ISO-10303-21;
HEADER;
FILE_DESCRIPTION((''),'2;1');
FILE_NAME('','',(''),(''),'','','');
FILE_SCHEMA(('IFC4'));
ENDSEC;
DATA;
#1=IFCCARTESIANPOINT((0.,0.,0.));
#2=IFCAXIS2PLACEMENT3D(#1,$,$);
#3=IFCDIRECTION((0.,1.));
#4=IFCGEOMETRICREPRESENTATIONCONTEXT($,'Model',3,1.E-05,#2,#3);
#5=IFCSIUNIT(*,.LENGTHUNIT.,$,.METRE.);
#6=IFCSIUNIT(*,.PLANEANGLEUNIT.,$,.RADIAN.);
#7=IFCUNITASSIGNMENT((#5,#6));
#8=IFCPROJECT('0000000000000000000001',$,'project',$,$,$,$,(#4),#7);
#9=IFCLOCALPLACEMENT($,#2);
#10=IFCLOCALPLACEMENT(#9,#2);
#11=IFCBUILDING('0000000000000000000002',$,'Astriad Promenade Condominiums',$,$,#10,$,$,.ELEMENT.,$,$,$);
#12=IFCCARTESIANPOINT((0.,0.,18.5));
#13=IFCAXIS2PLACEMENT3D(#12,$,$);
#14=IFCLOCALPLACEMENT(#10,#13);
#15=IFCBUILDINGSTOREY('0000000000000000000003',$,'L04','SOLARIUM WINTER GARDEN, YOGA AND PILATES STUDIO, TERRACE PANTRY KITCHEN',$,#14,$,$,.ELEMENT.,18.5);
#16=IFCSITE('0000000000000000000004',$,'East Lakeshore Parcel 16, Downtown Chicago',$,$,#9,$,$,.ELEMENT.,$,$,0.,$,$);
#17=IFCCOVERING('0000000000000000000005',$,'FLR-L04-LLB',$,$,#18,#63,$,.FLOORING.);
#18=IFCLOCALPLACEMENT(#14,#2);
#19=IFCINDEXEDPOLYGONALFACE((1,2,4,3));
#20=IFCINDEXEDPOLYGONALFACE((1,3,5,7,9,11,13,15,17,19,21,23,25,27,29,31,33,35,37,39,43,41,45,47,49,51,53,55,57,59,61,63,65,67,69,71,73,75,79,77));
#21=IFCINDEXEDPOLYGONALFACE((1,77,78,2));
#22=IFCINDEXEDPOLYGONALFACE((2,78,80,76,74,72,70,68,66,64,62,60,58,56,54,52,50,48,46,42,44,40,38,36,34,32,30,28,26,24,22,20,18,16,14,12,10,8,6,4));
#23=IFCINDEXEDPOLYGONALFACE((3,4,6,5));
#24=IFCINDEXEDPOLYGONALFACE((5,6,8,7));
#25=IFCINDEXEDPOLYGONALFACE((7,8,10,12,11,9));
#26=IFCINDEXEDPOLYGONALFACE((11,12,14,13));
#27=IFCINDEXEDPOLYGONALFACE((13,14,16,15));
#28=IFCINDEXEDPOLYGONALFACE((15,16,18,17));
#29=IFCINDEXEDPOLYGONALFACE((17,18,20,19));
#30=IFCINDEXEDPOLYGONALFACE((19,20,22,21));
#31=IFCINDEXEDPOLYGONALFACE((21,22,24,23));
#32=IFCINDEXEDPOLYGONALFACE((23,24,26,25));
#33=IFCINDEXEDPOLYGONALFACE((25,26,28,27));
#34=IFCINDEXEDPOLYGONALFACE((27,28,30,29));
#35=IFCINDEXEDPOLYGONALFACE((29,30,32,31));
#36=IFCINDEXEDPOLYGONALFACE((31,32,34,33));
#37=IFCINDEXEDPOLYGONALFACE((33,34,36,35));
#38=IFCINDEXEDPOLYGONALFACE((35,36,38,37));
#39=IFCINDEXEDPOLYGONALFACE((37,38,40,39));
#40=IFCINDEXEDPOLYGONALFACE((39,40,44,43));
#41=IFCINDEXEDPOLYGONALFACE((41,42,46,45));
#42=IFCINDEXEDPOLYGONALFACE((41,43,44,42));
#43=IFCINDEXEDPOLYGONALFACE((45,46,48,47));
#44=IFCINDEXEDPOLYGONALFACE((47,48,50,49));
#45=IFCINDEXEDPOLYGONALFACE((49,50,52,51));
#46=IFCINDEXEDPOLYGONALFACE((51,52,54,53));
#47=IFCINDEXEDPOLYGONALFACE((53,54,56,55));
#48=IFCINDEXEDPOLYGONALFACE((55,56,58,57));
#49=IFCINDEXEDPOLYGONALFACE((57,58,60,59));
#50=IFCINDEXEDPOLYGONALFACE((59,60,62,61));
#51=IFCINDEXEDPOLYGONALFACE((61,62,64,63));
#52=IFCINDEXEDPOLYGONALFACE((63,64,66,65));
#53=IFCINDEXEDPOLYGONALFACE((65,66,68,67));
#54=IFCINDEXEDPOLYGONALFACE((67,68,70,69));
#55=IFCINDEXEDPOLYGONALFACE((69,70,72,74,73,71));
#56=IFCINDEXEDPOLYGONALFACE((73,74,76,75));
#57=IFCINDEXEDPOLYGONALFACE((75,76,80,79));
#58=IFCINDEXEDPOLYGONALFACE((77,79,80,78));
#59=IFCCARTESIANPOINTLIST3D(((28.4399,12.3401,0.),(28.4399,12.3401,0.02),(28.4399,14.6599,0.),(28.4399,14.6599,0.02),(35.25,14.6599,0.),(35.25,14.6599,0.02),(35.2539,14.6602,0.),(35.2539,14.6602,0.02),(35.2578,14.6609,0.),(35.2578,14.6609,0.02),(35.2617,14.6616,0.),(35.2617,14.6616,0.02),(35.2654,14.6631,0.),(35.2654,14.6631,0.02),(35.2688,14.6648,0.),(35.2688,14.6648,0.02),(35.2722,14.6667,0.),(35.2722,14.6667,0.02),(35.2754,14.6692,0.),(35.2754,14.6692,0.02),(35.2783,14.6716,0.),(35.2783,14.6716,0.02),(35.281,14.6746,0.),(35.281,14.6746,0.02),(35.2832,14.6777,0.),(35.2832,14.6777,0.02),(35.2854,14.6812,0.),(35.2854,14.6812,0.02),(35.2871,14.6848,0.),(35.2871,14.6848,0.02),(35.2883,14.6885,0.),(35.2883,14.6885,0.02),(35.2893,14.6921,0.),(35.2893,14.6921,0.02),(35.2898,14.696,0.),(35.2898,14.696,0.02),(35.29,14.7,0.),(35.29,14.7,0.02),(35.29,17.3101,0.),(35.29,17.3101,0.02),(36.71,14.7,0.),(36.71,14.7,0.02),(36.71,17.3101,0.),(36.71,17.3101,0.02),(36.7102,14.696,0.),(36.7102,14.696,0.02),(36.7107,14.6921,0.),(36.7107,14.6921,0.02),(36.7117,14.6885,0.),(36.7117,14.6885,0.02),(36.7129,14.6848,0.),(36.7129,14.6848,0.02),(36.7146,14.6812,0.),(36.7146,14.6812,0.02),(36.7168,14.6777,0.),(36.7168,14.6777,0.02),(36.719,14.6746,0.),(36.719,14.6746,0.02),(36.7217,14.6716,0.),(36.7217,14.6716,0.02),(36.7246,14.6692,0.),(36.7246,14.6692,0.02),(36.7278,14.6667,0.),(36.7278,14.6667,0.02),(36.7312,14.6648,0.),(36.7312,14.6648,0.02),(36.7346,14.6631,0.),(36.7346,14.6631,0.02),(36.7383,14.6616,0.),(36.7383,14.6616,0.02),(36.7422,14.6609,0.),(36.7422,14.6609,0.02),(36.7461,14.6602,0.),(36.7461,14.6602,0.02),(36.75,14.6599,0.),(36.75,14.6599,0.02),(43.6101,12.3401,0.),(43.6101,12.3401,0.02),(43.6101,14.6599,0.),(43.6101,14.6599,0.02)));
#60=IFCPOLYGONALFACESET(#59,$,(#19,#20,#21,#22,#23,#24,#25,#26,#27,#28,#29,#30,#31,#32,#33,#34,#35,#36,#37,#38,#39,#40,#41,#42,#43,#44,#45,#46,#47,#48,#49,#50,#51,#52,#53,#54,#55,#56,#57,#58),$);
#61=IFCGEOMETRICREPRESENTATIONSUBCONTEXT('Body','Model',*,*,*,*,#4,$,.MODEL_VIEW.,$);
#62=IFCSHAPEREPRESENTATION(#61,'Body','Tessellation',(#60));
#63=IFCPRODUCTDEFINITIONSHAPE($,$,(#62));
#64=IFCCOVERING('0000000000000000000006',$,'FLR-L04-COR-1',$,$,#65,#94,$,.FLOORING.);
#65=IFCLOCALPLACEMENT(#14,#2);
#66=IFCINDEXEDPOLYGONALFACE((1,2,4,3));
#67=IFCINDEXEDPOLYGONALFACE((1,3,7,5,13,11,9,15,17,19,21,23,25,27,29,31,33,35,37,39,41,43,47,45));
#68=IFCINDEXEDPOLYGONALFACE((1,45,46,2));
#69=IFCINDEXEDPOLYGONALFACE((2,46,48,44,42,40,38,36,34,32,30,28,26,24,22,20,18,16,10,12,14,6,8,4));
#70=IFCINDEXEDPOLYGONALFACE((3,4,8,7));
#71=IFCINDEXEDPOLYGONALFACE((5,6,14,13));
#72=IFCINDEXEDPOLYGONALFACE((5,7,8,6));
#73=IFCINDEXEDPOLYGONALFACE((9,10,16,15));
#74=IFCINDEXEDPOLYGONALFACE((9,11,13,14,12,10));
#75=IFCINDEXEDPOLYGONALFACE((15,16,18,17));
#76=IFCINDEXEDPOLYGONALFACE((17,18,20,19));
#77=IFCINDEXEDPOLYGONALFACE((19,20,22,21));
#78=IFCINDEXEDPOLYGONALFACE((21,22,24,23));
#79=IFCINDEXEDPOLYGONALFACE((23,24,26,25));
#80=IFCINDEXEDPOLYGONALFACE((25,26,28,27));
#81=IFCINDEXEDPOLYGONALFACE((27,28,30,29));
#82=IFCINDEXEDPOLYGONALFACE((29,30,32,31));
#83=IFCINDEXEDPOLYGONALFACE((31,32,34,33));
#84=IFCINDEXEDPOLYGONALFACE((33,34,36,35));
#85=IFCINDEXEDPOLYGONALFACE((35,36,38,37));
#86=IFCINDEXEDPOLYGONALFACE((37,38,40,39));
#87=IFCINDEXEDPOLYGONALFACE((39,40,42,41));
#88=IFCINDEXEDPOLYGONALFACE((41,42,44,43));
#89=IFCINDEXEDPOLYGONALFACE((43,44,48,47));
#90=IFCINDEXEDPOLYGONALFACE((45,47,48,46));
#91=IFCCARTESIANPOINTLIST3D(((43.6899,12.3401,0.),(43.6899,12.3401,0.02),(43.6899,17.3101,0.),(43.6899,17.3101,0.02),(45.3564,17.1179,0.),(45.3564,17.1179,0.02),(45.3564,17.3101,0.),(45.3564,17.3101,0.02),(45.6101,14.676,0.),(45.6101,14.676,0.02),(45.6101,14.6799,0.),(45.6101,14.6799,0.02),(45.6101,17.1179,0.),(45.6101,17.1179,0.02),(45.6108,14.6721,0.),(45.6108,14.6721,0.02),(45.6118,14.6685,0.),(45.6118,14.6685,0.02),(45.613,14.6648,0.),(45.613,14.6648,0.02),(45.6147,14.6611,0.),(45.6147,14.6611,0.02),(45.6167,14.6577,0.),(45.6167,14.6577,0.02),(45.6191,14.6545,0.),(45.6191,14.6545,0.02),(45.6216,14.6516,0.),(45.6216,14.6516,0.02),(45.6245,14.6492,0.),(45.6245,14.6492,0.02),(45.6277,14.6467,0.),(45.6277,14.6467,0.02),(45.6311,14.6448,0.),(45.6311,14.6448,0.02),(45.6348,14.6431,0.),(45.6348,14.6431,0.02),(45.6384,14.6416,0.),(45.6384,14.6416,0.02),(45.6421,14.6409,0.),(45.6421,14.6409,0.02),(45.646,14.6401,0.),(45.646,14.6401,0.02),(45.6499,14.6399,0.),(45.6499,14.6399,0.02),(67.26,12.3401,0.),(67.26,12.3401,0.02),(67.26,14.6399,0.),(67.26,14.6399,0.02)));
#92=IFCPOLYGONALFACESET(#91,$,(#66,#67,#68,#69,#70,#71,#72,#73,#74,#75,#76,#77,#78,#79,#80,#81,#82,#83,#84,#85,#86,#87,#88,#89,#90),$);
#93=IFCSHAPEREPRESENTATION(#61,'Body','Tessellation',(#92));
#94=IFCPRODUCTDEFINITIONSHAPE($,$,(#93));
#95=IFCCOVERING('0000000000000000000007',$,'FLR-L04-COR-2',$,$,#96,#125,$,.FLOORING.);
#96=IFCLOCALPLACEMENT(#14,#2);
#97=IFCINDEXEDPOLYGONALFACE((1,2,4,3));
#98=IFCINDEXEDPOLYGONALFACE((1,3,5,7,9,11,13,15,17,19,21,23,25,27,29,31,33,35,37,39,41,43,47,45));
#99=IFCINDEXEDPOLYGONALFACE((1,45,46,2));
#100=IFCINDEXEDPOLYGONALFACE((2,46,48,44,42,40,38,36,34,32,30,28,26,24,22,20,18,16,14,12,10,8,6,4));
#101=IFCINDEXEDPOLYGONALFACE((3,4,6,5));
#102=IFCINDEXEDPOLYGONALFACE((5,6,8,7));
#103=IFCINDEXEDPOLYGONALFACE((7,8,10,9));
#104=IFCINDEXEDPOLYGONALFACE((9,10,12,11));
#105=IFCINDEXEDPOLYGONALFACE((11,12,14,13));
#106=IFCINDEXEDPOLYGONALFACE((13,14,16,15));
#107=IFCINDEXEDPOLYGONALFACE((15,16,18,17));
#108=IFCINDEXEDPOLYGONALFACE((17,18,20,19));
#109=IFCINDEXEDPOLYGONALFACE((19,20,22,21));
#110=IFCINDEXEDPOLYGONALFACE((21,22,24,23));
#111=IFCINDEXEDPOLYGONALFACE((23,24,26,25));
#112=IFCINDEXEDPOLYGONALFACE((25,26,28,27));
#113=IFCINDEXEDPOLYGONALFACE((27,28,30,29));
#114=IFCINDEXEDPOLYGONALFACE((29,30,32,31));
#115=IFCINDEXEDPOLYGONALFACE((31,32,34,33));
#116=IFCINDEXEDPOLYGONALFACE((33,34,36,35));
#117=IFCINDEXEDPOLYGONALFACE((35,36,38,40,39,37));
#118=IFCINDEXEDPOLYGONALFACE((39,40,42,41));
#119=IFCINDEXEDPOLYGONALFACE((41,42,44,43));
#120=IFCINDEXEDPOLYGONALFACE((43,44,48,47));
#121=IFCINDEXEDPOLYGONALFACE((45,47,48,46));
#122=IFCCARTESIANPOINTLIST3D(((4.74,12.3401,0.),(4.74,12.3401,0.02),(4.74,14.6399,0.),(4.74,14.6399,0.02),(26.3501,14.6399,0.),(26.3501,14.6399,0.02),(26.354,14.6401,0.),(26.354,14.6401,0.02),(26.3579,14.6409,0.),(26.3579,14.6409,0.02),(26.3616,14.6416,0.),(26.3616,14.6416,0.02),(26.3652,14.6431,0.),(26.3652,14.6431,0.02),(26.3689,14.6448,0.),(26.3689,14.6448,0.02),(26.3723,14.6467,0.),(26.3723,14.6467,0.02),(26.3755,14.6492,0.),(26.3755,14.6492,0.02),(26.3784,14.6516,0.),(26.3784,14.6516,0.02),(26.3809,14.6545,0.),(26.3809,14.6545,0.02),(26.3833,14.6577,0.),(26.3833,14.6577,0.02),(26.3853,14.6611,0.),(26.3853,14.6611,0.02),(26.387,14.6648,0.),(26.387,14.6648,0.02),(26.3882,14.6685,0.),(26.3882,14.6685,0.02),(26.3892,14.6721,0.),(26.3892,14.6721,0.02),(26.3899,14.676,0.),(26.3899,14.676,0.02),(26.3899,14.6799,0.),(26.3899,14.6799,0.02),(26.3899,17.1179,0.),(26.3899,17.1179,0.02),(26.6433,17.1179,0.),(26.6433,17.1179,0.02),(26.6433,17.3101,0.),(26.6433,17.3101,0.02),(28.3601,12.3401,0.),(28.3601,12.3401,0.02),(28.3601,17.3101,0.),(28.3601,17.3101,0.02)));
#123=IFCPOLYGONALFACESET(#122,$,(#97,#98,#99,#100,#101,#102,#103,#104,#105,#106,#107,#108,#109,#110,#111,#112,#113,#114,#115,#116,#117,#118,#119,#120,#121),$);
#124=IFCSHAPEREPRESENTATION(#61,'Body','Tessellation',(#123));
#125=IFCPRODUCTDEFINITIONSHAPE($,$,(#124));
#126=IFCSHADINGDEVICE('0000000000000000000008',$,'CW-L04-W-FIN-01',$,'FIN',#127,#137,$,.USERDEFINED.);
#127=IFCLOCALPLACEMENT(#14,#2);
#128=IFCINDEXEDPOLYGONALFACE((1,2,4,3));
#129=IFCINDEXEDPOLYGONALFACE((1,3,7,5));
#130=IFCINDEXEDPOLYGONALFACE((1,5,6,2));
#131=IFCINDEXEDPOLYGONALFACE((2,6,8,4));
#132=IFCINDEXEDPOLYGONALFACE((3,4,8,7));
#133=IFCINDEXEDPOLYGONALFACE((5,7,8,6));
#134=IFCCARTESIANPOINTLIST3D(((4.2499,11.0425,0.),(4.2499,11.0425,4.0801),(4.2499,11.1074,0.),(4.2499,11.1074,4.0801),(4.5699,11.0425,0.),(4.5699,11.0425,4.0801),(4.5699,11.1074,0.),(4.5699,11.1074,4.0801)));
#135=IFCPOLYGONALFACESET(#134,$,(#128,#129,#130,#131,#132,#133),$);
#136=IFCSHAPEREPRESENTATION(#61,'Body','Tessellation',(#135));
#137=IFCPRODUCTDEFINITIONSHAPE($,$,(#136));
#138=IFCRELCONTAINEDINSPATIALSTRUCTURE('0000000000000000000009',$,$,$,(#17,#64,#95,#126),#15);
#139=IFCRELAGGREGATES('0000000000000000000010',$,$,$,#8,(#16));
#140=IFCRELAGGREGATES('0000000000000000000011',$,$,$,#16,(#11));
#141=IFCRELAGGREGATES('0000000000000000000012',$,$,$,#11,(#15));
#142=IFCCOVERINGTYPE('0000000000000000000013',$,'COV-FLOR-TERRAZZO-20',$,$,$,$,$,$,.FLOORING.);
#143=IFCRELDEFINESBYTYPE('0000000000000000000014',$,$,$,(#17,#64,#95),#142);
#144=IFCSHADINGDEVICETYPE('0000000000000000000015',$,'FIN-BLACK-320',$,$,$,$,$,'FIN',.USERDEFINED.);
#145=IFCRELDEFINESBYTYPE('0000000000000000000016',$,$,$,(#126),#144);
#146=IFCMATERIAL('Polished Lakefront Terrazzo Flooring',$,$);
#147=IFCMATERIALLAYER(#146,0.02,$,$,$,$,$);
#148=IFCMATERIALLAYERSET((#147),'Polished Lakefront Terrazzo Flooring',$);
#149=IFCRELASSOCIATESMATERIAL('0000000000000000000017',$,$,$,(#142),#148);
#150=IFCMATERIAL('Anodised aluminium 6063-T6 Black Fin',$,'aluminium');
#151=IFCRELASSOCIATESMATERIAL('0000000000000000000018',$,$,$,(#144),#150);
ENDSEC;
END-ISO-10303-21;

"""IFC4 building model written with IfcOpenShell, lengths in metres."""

from ifc_helpers import new_model, si_unit, direction, frame, origin, origin_2d, place, context, subcontext, project, spatial, polyline, rectangle, outline, extrude, source, transform, mapped, material, layer, layer_set, type_object, type_shapes, element, save


model = new_model("IFC4")

# Units and contexts
model_context = context("Model", 3, precision=1e-05, world=origin(), true_north=direction((0.0, 1.0)))
body_context = subcontext(model_context, "Body", "Model", "MODEL_VIEW")
ifc_project = project(units=[si_unit("LENGTHUNIT", "METRE"), si_unit("PLANEANGLEUNIT", "RADIAN")], contexts=[model_context])

# Site, building, storey
site_placement = place(None, origin())
site = spatial("IfcSite", under=ifc_project, at=site_placement, Name="East Lakeshore Parcel 16, Downtown Chicago", CompositionType="ELEMENT", RefElevation=0.0)
building_placement = place(site_placement, origin())
building = spatial("IfcBuilding", under=site, at=building_placement, Name="Astriad Promenade Condominiums", CompositionType="ELEMENT")
storey_placement = place(building_placement, frame((0.0, 0.0, 18.5)))
storey = spatial("IfcBuildingStorey", under=building, at=storey_placement, Name="L04", Description="SOLARIUM WINTER GARDEN, YOGA AND PILATES STUDIO, TERRACE PANTRY KITCHEN", CompositionType="ELEMENT", Elevation=18.5)

# Coverings
ifc_material_1 = material(Name="Polished Lakefront Terrazzo Flooring")
ifc_layer_1 = layer(ifc_material_1, 0.02)
ifc_layer_set_1 = layer_set([ifc_layer_1], Name="Polished Lakefront Terrazzo Flooring")
covering_type_1 = type_object("IfcCoveringType", Name="COV-FLOR-TERRAZZO-20", PredefinedType="FLOORING", material=ifc_layer_set_1)
covering_1_placement = place(storey_placement, origin())
element("IfcCovering", 1, at=covering_1_placement, inside=storey, type_object=covering_type_1, Name="FLR-L04-LLB", PredefinedType="FLOORING", context=body_context, shape_type="SweptSolid", body=[
    extrude(outline(polyline([(43.6101, 14.6599), (43.6101, 12.3401), (28.4399, 12.3401), (28.4399, 14.6599), (35.25, 14.6599), (35.2539, 14.6602), (35.2578, 14.6609), (35.2617, 14.6616), (35.2654, 14.6631), (35.2688, 14.6648), (35.2722, 14.6667), (35.2754, 14.6692), (35.2783, 14.6716), (35.281, 14.6746), (35.2832, 14.6777), (35.2854, 14.6812), (35.2871, 14.6848), (35.2883, 14.6885), (35.2893, 14.6921), (35.2898, 14.696), (35.29, 14.7), (35.29, 17.3101), (36.71, 17.3101), (36.71, 14.7), (36.7102, 14.696), (36.7107, 14.6921), (36.7117, 14.6885), (36.7129, 14.6848), (36.7146, 14.6812), (36.7168, 14.6777), (36.719, 14.6746), (36.7217, 14.6716), (36.7246, 14.6692), (36.7278, 14.6667), (36.7312, 14.6648), (36.7346, 14.6631), (36.7383, 14.6616), (36.7422, 14.6609), (36.7461, 14.6602), (36.75, 14.6599), (43.6101, 14.6599)])), origin(), (0.0, 0.0, 1.0), 0.02),
])
covering_2_placement = place(storey_placement, origin())
element("IfcCovering", 2, at=covering_2_placement, inside=storey, type_object=covering_type_1, Name="FLR-L04-COR-1", PredefinedType="FLOORING", context=body_context, shape_type="SweptSolid", body=[
    extrude(outline(polyline([(43.6899, 12.3401), (43.6899, 17.3101), (45.3564, 17.3101), (45.3564, 17.1179), (45.6101, 17.1179), (45.6101, 14.6799), (45.6101, 14.676), (45.6108, 14.6721), (45.6118, 14.6685), (45.613, 14.6648), (45.6147, 14.6611), (45.6167, 14.6577), (45.6191, 14.6545), (45.6216, 14.6516), (45.6245, 14.6492), (45.6277, 14.6467), (45.6311, 14.6448), (45.6348, 14.6431), (45.6384, 14.6416), (45.6421, 14.6409), (45.646, 14.6401), (45.6499, 14.6399), (67.26, 14.6399), (67.26, 12.3401), (43.6899, 12.3401)])), origin(), (0.0, 0.0, 1.0), 0.02),
])
covering_3_placement = place(storey_placement, origin())
element("IfcCovering", 3, at=covering_3_placement, inside=storey, type_object=covering_type_1, Name="FLR-L04-COR-2", PredefinedType="FLOORING", context=body_context, shape_type="SweptSolid", body=[
    extrude(outline(polyline([(4.74, 12.3401), (4.74, 14.6399), (26.3501, 14.6399), (26.354, 14.6401), (26.3579, 14.6409), (26.3616, 14.6416), (26.3652, 14.6431), (26.3689, 14.6448), (26.3723, 14.6467), (26.3755, 14.6492), (26.3784, 14.6516), (26.3809, 14.6545), (26.3833, 14.6577), (26.3853, 14.6611), (26.387, 14.6648), (26.3882, 14.6685), (26.3892, 14.6721), (26.3899, 14.676), (26.3899, 14.6799), (26.3899, 17.1179), (26.6433, 17.1179), (26.6433, 17.3101), (28.3601, 17.3101), (28.3601, 12.3401), (4.74, 12.3401)])), origin(), (0.0, 0.0, 1.0), 0.02),
])

# Shading device
ifc_material_2 = material(Name="Anodised aluminium 6063-T6 Black Fin", Category="aluminium")
shading_device_type = type_object("IfcShadingDeviceType", Name="FIN-BLACK-320", ElementType="FIN", PredefinedType="USERDEFINED", material=ifc_material_2)
shared_shape_1 = source(origin(), body_context, "Body", "SweptSolid", [
    extrude(rectangle(XDim=0.0649, YDim=0.3201, at=origin_2d()), origin(), (0.0, 0.0, 1.0), 4.0801),
])
type_shapes(shading_device_type, [shared_shape_1])
shading_device_placement = place(storey_placement, frame((4.4099, 11.075, 0.0), z_axis=(0.0, 0.0, 1.0), x_axis=(0.0, 1.0, 0.0)))
element("IfcShadingDevice", 4, at=shading_device_placement, inside=storey, type_object=shading_device_type, Name="CW-L04-W-FIN-01", ObjectType="FIN", PredefinedType="USERDEFINED", context=body_context, shape_type="MappedRepresentation", body=[
    mapped(shared_shape_1, transform((0.0, 0.0, 0.0), scale=1.0)),
])

save(model, "model.ifc")
